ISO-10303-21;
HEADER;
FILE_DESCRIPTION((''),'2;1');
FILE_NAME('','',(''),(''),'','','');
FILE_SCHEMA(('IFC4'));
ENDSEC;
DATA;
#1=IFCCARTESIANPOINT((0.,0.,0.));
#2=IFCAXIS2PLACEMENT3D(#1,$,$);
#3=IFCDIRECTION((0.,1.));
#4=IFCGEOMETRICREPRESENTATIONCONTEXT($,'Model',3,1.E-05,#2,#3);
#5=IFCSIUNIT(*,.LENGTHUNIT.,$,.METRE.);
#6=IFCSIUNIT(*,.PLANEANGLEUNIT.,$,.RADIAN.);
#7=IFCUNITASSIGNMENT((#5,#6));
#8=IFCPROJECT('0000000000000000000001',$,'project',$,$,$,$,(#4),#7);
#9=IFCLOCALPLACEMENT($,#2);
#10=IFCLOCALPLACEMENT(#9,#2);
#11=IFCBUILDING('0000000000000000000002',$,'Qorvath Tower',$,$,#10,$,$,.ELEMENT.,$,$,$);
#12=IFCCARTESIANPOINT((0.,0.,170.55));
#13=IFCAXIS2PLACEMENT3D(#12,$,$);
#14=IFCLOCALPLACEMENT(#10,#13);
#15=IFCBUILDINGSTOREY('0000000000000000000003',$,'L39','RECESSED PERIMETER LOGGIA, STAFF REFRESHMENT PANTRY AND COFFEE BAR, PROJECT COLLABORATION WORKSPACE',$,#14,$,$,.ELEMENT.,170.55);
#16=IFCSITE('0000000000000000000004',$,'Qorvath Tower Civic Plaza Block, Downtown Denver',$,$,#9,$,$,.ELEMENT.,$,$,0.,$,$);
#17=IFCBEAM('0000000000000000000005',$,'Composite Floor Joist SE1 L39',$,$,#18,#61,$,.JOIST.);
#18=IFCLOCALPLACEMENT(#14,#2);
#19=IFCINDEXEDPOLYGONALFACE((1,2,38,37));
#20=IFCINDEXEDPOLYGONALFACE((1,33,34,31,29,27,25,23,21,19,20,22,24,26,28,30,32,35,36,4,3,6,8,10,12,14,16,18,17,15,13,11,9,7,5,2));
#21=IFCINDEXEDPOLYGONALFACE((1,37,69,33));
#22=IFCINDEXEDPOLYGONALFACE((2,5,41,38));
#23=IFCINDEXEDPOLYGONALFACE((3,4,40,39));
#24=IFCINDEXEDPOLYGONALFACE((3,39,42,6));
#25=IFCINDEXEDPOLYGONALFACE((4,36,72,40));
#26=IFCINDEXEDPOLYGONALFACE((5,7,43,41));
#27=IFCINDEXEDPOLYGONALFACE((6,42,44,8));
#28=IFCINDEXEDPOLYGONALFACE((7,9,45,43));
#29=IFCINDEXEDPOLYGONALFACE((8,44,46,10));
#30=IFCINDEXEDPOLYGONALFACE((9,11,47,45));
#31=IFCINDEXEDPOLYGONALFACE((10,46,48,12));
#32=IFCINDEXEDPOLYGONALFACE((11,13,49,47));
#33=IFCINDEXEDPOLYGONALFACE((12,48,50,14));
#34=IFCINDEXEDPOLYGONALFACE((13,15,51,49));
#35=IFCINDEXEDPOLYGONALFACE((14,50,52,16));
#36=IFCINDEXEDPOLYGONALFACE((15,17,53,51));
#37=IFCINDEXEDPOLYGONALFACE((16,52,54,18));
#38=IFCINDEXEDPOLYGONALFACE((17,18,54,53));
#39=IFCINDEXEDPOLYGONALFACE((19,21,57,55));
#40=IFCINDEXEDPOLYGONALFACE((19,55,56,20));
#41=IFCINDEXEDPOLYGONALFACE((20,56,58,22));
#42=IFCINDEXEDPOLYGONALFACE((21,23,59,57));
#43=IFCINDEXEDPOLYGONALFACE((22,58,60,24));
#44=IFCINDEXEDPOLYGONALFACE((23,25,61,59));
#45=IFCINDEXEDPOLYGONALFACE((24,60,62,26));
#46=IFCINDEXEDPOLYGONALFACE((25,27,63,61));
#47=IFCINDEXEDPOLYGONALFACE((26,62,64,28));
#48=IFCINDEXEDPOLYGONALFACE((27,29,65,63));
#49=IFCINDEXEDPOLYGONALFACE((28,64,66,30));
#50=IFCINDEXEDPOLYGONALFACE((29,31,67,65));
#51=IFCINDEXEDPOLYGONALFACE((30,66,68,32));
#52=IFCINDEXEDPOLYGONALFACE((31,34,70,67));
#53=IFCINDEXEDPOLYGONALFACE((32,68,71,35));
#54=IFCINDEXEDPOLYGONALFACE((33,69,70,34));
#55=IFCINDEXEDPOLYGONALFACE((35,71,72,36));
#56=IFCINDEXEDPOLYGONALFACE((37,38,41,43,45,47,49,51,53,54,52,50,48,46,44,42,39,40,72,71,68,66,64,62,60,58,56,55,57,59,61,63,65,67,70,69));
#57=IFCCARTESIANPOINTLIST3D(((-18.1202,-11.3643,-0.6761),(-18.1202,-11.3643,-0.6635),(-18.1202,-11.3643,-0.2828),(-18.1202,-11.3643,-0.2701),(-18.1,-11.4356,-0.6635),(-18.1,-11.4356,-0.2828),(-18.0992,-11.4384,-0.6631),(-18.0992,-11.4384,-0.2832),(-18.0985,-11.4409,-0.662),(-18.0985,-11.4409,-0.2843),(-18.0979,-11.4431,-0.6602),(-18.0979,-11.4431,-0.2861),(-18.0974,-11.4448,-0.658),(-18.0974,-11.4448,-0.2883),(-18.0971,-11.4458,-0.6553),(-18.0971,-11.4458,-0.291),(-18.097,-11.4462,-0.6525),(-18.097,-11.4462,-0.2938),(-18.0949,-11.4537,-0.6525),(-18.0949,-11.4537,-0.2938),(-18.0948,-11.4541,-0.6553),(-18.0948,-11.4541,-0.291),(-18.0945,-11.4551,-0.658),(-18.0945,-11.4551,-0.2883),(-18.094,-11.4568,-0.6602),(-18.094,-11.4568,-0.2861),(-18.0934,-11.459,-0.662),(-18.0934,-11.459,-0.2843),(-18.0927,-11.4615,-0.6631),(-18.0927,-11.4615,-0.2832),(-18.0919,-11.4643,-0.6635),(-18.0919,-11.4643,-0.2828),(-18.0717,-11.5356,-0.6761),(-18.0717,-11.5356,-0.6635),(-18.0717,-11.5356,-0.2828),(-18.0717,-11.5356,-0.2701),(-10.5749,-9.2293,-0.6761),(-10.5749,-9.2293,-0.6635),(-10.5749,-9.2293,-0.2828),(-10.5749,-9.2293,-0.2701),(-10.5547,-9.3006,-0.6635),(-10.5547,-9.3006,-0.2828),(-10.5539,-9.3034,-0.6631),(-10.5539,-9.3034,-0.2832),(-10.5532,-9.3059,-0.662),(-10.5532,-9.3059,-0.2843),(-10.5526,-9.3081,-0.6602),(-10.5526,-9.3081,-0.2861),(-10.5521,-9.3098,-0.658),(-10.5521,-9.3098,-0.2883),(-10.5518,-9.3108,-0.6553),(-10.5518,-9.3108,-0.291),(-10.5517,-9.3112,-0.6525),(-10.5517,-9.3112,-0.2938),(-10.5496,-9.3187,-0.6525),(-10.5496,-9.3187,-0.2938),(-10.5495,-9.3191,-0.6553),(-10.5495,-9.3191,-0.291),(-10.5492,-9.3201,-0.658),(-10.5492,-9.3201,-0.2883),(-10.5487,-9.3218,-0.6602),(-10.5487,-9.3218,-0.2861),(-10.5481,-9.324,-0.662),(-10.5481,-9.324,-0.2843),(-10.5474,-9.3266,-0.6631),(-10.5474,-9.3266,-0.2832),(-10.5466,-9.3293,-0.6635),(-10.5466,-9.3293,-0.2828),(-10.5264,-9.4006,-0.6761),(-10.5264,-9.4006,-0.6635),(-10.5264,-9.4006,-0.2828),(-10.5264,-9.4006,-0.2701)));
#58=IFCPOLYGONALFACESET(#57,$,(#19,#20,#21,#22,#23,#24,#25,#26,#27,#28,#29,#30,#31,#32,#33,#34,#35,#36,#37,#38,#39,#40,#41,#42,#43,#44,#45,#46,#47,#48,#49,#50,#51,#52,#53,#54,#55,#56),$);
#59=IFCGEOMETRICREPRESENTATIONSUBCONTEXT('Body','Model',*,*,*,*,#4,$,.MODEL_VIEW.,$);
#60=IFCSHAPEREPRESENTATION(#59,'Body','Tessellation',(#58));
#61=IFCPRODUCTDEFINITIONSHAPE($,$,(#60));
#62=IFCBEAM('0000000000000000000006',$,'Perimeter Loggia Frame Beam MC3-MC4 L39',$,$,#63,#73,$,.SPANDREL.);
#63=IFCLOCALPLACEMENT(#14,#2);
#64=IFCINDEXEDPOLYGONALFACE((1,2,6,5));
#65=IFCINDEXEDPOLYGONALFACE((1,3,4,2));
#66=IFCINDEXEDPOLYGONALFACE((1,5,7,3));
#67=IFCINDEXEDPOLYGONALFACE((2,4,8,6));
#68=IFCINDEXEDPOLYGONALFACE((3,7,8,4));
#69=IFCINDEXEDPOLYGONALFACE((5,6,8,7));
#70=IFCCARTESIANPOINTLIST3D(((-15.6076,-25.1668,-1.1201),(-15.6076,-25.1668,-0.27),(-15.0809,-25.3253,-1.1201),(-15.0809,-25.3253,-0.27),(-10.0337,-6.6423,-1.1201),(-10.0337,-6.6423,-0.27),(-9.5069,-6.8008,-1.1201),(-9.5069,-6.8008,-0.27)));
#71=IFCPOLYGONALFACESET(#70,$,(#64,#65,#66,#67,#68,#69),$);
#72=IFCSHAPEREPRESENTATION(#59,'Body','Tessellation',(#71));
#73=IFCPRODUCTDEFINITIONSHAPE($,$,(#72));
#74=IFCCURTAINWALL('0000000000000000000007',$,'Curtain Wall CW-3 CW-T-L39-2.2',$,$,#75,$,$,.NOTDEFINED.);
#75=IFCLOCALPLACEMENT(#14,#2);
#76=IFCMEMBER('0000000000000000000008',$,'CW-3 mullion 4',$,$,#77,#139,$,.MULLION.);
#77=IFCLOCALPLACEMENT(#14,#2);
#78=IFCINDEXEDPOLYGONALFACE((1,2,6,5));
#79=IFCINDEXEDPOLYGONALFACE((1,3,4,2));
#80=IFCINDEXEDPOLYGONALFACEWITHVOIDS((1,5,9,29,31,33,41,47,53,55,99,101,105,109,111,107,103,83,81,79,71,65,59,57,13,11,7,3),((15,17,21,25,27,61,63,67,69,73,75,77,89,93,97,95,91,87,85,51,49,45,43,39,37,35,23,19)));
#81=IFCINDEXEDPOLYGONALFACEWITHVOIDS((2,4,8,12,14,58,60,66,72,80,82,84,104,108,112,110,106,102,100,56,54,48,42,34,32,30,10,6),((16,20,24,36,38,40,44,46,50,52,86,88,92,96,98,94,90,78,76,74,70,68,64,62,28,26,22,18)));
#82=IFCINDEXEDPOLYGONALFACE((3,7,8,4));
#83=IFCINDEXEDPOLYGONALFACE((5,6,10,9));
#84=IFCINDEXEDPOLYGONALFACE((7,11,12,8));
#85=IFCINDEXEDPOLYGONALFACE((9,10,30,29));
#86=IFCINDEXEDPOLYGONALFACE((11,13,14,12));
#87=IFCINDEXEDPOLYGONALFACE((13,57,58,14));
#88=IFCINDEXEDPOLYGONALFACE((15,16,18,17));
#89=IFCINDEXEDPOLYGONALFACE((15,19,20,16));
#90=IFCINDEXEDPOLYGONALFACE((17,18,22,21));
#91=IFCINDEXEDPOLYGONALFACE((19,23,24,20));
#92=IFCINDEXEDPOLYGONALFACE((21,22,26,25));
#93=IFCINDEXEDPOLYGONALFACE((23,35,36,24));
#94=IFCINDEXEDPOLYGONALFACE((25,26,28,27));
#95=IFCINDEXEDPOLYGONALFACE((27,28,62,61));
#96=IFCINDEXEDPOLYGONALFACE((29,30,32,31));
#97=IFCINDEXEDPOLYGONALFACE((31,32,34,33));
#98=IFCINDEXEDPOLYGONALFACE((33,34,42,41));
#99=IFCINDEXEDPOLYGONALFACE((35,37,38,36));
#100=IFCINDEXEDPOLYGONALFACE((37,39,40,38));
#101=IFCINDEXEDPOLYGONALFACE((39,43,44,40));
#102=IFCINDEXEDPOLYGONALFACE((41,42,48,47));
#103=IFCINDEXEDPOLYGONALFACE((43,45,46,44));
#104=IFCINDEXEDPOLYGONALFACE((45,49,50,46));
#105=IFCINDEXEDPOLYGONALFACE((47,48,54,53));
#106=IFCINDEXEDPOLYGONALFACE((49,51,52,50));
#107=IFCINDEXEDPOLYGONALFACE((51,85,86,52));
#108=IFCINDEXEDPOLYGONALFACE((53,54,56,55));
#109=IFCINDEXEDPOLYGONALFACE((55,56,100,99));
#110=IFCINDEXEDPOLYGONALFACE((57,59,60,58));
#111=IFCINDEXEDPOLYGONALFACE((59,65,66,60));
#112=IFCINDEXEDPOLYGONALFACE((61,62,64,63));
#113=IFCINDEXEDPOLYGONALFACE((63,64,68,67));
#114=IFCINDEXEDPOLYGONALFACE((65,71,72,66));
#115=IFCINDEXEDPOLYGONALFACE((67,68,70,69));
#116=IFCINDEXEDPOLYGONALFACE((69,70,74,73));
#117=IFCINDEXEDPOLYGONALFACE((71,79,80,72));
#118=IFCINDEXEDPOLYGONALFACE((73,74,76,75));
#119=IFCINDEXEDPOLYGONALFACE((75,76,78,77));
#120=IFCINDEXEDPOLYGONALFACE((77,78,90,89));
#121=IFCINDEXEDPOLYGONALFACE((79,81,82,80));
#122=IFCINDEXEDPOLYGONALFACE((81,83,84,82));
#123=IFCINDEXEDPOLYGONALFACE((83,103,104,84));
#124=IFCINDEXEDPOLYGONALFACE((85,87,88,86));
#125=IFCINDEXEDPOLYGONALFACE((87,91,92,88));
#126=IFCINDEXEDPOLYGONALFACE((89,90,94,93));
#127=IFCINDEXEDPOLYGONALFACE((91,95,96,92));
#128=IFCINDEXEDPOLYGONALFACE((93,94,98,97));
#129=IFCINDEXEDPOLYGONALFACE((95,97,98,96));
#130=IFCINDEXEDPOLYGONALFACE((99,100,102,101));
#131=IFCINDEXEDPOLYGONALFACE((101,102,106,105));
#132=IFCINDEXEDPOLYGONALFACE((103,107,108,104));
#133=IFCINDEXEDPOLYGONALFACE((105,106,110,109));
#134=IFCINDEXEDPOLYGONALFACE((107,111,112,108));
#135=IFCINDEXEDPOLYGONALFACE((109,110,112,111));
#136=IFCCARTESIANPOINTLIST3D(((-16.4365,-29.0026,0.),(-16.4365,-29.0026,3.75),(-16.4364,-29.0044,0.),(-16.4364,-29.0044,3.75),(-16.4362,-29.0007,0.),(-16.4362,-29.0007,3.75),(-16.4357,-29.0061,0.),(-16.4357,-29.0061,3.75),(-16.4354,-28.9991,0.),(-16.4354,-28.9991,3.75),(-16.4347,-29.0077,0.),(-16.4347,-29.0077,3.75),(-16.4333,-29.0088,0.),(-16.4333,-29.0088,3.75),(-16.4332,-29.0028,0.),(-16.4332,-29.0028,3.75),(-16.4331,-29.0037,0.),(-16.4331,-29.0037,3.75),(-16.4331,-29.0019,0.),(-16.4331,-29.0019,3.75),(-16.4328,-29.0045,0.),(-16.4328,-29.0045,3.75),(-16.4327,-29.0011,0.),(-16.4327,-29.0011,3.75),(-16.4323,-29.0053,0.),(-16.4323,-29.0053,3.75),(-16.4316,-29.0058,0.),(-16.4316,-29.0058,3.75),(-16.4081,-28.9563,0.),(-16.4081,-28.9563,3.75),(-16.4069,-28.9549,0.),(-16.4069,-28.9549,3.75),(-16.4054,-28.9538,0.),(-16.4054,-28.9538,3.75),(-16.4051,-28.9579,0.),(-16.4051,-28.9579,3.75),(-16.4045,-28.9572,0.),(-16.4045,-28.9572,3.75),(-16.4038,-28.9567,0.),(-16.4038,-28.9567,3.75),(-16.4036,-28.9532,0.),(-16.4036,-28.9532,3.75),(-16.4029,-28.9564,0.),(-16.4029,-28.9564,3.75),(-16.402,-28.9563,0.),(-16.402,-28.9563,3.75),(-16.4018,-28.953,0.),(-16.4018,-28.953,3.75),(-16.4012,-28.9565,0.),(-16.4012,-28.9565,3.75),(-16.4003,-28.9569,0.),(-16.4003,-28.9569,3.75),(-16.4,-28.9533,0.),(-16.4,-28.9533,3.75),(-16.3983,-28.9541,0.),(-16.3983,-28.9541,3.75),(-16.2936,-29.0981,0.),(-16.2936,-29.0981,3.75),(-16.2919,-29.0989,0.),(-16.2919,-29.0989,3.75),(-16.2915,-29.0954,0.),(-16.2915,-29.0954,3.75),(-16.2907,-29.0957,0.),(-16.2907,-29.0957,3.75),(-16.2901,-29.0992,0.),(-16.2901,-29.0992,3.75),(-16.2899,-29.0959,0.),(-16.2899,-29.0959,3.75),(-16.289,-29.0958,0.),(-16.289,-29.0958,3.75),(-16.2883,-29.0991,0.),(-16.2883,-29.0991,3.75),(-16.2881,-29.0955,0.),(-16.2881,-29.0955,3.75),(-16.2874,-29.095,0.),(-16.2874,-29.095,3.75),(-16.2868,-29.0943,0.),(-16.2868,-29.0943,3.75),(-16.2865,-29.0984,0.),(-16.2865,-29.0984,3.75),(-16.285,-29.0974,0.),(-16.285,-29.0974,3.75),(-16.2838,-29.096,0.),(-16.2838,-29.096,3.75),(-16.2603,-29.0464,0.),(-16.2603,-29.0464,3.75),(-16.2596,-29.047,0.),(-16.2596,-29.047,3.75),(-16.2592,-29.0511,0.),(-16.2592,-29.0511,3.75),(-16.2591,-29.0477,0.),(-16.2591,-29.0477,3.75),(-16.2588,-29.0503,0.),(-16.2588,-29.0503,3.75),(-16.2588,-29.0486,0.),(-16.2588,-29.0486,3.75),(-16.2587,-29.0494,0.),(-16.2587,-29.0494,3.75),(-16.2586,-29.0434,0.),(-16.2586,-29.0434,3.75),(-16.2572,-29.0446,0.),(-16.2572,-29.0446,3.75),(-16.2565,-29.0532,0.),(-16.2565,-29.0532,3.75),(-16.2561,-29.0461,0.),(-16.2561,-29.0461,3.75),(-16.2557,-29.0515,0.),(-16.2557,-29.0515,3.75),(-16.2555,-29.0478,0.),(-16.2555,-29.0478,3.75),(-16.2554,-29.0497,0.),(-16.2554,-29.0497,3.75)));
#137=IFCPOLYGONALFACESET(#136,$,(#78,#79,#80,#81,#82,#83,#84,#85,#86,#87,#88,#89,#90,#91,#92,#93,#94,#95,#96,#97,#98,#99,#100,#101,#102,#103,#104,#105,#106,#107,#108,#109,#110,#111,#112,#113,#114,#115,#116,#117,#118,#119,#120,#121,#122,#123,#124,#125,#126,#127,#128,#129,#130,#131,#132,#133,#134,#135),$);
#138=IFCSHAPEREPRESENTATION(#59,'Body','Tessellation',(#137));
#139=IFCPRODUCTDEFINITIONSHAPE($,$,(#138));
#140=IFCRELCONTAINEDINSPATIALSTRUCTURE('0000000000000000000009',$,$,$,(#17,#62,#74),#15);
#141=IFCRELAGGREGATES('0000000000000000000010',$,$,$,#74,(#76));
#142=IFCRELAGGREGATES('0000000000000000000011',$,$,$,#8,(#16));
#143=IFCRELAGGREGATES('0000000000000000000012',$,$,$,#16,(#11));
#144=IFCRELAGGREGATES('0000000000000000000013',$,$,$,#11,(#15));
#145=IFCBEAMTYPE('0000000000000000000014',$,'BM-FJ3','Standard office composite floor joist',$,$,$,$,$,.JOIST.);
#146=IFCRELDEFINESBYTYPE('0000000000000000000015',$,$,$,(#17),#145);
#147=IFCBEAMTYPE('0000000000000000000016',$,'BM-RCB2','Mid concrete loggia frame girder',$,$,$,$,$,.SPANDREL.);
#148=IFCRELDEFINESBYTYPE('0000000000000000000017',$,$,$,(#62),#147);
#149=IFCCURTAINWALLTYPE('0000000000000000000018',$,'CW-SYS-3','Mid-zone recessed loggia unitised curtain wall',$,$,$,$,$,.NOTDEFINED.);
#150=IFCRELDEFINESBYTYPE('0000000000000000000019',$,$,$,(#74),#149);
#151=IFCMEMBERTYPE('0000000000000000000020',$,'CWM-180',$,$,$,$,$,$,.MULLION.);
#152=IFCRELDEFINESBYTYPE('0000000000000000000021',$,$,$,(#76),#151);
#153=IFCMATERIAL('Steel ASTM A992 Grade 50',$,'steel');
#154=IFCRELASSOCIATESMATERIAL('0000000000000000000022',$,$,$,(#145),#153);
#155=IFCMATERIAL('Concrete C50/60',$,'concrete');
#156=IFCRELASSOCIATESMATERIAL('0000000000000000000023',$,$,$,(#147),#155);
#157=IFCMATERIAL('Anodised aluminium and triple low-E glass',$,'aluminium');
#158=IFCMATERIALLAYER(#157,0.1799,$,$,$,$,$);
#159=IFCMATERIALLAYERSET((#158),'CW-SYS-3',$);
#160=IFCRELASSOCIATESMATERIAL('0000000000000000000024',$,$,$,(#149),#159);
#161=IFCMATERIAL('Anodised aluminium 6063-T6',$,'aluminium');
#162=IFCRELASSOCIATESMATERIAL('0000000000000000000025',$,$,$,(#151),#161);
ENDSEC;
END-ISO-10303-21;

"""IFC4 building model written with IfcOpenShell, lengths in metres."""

from ifc_helpers import new_model, si_unit, direction, frame, origin, origin_2d, place, context, subcontext, project, spatial, rectangle, hollow_rectangle, i_section, extrude, material, layer, layer_set, material_profile, profile_set, type_object, element, aggregate, save


model = new_model("IFC4")

# Units and contexts
model_context = context("Model", 3, precision=1e-05, world=origin(), true_north=direction((0.0, 1.0)))
body_context = subcontext(model_context, "Body", "Model", "MODEL_VIEW")
ifc_project = project(units=[si_unit("LENGTHUNIT", "METRE"), si_unit("PLANEANGLEUNIT", "RADIAN")], contexts=[model_context])

# Site, building, storey
site_placement = place(None, origin())
site = spatial("IfcSite", under=ifc_project, at=site_placement, Name="Qorvath Tower Civic Plaza Block, Downtown Denver", CompositionType="ELEMENT", RefElevation=0.0)
building_placement = place(site_placement, origin())
building = spatial("IfcBuilding", under=site, at=building_placement, Name="Qorvath Tower", CompositionType="ELEMENT")
storey_placement = place(building_placement, frame((0.0, 0.0, 170.55)))
storey = spatial("IfcBuildingStorey", under=building, at=storey_placement, Name="L39", Description="RECESSED PERIMETER LOGGIA, STAFF REFRESHMENT PANTRY AND COFFEE BAR, PROJECT COLLABORATION WORKSPACE", CompositionType="ELEMENT", Elevation=170.55)

# Beams
ifc_material_1 = material(Name="Steel ASTM A992 Grade 50", Category="steel")
ifc_material_profile_1 = material_profile(ifc_material_1, i_section(OverallWidth=0.178, OverallDepth=0.406, WebThickness=0.0078, FlangeThickness=0.0127, FilletRadius=0.011, at=origin_2d()), Name="W16x40")
ifc_profile_set_1 = profile_set([ifc_material_profile_1], Name="Steel ASTM A992 Grade 50")
beam_type_1 = type_object("IfcBeamType", Name="BM-FJ3", Description="Standard office composite floor joist", PredefinedType="JOIST", material=ifc_profile_set_1)
beam_1_placement = place(storey_placement, frame((-18.0959, -11.45, -0.4731), z_axis=(0.962222, 0.272265, 0.0), x_axis=(-0.272265, 0.962222, 0.0)))
element("IfcBeam", 1, at=beam_1_placement, inside=storey, type_object=beam_type_1, Name="Composite Floor Joist SE1 L39", PredefinedType="JOIST", context=body_context, shape_type="SweptSolid", body=[
    extrude(i_section(OverallWidth=0.178, OverallDepth=0.406, WebThickness=0.0078, FlangeThickness=0.0127, FilletRadius=0.011, at=origin_2d()), origin(), (0.0, 0.0, 1.0), 7.8416),
])
ifc_material_2 = material(Name="Concrete C50/60", Category="concrete")
ifc_material_profile_2 = material_profile(ifc_material_2, rectangle(XDim=0.55, YDim=0.8501, at=origin_2d()), Name="RCB 850x550")
ifc_profile_set_2 = profile_set([ifc_material_profile_2], Name="Concrete C50/60")
beam_type_2 = type_object("IfcBeamType", Name="BM-RCB2", Description="Mid concrete loggia frame girder", PredefinedType="SPANDREL", material=ifc_profile_set_2)
beam_2_placement = place(storey_placement, frame((-15.3442, -25.2461, -0.6951), z_axis=(0.288134, 0.95759, 0.0), x_axis=(-0.95759, 0.288134, 0.0)))
element("IfcBeam", 2, at=beam_2_placement, inside=storey, type_object=beam_type_2, Name="Perimeter Loggia Frame Beam MC3-MC4 L39", PredefinedType="SPANDREL", context=body_context, shape_type="SweptSolid", body=[
    extrude(rectangle(XDim=0.55, YDim=0.8501, at=origin_2d()), origin(), (0.0, 0.0, 1.0), 19.345),
])

# Curtain wall, member
ifc_material_3 = material(Name="Anodised aluminium and triple low-E glass", Category="aluminium")
ifc_layer_1 = layer(ifc_material_3, 0.1799)
ifc_layer_set_1 = layer_set([ifc_layer_1], Name="CW-SYS-3")
curtain_wall_type = type_object("IfcCurtainWallType", Name="CW-SYS-3", Description="Mid-zone recessed loggia unitised curtain wall", PredefinedType="NOTDEFINED", material=ifc_layer_set_1)
curtain_wall_1_placement = place(storey_placement, origin())
curtain_wall_1 = element("IfcCurtainWall", 3, at=curtain_wall_1_placement, inside=storey, type_object=curtain_wall_type, Name="Curtain Wall CW-3 CW-T-L39-2.2", PredefinedType="NOTDEFINED")
ifc_material_4 = material(Name="Anodised aluminium 6063-T6", Category="aluminium")
ifc_material_profile_3 = material_profile(ifc_material_4, hollow_rectangle(XDim=0.0649, YDim=0.1799, WallThickness=0.0034, InnerFilletRadius=0.0034, OuterFilletRadius=0.0071, at=origin_2d()), Name="CWM 180x65")
ifc_profile_set_3 = profile_set([ifc_material_profile_3], Name="Anodised aluminium 6063-T6")
member_type_1 = type_object("IfcMemberType", Name="CWM-180", PredefinedType="MULLION", material=ifc_profile_set_3)
member_1_placement = place(storey_placement, frame((-16.3459, -29.0261, 0.0), z_axis=(0.0, 0.0, 1.0), x_axis=(0.538534, 0.842604, 0.0)))
member_1 = element("IfcMember", 4, at=member_1_placement, type_object=member_type_1, Name="CW-3 mullion 4", PredefinedType="MULLION", context=body_context, shape_type="SweptSolid", body=[
    extrude(hollow_rectangle(XDim=0.0649, YDim=0.1799, WallThickness=0.0034, InnerFilletRadius=0.0034, OuterFilletRadius=0.0071, at=origin_2d()), origin(), (0.0, 0.0, 1.0), 3.75),
])

aggregate(curtain_wall_1, [member_1])

save(model, "model.ifc")
